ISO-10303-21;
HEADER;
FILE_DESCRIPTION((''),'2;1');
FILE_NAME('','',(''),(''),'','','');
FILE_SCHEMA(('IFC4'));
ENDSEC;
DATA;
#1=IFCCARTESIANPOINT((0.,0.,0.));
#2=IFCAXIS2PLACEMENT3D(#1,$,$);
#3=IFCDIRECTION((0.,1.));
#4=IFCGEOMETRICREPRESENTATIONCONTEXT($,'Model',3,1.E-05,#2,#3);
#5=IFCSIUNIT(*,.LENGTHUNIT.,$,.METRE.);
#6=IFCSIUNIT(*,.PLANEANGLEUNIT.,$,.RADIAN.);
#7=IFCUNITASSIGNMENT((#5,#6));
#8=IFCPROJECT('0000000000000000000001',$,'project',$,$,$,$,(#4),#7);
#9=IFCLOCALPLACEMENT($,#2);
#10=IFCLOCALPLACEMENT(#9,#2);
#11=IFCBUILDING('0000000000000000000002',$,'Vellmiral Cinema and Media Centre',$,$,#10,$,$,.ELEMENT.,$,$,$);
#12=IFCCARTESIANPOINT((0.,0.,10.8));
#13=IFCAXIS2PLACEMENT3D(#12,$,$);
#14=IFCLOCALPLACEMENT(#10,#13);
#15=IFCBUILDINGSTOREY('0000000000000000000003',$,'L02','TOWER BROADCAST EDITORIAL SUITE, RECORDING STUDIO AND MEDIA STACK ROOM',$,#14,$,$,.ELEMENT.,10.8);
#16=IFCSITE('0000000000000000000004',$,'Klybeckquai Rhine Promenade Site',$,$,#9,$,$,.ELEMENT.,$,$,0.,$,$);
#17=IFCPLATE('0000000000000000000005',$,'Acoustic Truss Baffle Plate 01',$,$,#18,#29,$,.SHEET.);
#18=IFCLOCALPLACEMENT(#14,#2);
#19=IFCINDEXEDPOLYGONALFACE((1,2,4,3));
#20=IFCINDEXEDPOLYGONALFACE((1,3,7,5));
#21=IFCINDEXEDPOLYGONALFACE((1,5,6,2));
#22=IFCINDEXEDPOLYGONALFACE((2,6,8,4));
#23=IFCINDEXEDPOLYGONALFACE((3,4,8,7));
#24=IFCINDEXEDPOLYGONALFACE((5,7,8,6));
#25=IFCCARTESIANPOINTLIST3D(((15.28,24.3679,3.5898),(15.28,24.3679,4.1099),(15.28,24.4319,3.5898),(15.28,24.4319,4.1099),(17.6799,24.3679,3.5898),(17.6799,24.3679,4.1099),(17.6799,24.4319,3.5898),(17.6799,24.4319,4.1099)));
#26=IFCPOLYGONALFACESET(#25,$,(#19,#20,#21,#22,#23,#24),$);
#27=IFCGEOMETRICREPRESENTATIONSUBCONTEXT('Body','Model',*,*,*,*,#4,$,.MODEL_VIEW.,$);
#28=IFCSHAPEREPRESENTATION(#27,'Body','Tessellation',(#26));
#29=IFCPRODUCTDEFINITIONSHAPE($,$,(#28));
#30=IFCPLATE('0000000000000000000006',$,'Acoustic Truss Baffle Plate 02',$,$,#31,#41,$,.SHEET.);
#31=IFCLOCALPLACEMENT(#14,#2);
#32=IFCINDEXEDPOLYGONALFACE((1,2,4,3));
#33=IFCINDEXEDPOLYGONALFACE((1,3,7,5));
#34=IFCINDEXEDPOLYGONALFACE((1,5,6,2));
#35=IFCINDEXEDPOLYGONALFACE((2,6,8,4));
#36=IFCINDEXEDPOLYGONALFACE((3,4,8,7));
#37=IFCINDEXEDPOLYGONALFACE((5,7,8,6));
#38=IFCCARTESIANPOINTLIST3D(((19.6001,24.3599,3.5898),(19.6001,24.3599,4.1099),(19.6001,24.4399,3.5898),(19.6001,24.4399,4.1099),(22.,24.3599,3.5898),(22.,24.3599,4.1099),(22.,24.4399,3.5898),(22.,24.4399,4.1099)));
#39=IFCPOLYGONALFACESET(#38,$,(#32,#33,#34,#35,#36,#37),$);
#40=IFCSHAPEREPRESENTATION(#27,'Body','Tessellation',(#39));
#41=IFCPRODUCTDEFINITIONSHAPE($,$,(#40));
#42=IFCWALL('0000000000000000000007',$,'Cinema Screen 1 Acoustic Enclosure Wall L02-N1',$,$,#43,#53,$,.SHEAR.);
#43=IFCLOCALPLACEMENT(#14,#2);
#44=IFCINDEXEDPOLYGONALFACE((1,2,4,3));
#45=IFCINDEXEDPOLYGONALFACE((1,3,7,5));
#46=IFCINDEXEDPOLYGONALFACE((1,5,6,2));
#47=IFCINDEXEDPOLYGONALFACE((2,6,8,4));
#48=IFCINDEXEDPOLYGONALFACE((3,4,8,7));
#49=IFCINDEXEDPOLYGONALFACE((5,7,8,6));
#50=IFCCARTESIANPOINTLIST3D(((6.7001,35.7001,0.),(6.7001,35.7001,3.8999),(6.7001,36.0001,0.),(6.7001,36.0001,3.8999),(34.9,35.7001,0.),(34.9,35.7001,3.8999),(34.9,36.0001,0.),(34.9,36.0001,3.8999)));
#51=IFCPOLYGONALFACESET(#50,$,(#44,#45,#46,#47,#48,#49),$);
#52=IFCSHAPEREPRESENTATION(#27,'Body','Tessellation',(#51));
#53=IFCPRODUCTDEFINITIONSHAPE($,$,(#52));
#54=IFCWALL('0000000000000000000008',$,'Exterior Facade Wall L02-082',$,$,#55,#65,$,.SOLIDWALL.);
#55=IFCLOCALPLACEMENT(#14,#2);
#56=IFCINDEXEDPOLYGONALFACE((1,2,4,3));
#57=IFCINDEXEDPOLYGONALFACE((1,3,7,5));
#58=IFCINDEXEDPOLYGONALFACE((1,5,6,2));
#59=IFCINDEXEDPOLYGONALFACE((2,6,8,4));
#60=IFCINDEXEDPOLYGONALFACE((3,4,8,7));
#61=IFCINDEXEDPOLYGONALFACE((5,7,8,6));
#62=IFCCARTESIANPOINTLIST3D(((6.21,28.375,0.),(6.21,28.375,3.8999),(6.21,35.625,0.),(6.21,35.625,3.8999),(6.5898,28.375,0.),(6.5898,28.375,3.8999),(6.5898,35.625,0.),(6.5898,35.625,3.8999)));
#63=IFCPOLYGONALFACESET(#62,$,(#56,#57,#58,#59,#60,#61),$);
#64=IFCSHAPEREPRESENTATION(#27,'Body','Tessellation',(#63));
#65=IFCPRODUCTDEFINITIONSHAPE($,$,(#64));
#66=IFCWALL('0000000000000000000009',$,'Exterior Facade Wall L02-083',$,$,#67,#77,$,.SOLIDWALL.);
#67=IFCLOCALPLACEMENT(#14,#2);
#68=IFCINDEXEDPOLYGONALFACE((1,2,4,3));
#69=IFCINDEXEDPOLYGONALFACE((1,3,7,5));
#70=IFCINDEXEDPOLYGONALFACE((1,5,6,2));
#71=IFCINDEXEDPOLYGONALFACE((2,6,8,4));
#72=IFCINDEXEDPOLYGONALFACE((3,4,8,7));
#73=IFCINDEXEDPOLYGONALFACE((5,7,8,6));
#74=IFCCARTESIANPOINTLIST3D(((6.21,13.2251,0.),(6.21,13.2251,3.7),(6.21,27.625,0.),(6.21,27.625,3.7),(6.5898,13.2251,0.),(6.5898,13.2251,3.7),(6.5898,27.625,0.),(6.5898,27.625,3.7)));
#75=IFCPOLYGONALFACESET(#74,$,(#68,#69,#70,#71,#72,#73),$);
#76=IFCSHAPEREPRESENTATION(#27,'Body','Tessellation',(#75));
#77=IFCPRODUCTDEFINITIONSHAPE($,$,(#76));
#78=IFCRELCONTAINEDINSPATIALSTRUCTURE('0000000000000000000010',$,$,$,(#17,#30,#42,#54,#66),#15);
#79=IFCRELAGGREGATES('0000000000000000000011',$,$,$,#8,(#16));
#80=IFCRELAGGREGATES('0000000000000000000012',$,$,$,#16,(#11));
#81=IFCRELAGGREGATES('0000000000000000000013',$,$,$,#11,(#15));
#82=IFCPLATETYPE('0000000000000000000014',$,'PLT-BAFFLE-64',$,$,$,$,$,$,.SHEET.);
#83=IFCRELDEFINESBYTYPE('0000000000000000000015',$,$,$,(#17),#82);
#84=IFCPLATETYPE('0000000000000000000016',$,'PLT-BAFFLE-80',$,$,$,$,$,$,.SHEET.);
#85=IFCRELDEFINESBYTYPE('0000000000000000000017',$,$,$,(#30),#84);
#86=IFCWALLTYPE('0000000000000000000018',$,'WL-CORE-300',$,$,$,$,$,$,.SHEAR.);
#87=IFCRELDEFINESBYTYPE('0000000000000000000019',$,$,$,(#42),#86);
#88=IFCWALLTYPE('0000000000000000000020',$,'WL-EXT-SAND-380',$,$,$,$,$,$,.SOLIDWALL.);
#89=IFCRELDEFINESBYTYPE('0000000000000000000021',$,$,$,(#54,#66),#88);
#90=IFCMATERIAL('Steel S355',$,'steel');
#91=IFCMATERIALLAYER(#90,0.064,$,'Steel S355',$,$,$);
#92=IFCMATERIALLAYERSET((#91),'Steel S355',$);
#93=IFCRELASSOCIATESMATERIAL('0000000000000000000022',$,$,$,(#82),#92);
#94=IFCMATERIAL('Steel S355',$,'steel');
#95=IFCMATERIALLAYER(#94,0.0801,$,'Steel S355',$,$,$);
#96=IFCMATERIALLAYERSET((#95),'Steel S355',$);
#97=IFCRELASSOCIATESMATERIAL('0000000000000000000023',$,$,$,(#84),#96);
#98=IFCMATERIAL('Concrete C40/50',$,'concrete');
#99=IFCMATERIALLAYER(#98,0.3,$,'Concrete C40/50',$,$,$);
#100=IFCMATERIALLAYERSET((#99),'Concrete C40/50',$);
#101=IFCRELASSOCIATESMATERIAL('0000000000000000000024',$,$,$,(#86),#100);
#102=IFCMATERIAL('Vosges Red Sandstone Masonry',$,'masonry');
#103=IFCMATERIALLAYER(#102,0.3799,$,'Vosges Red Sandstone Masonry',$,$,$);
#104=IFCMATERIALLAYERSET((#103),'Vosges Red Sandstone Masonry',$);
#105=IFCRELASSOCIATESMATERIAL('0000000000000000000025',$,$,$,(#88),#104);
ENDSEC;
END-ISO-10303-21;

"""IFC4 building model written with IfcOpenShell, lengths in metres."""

from ifc_helpers import new_model, si_unit, direction, frame, frame_2d, origin, origin_2d, place, context, subcontext, project, spatial, rectangle, extrude, material, layer, layer_set, type_object, element, save


model = new_model("IFC4")

# Units and contexts
model_context = context("Model", 3, precision=1e-05, world=origin(), true_north=direction((0.0, 1.0)))
body_context = subcontext(model_context, "Body", "Model", "MODEL_VIEW")
ifc_project = project(units=[si_unit("LENGTHUNIT", "METRE"), si_unit("PLANEANGLEUNIT", "RADIAN")], contexts=[model_context])

# Site, building, storey
site_placement = place(None, origin())
site = spatial("IfcSite", under=ifc_project, at=site_placement, Name="Klybeckquai Rhine Promenade Site", CompositionType="ELEMENT", RefElevation=0.0)
building_placement = place(site_placement, origin())
building = spatial("IfcBuilding", under=site, at=building_placement, Name="Vellmiral Cinema and Media Centre", CompositionType="ELEMENT")
storey_placement = place(building_placement, frame((0.0, 0.0, 10.8)))
storey = spatial("IfcBuildingStorey", under=building, at=storey_placement, Name="L02", Description="TOWER BROADCAST EDITORIAL SUITE, RECORDING STUDIO AND MEDIA STACK ROOM", CompositionType="ELEMENT", Elevation=10.8)

# Plates
ifc_material_1 = material(Name="Steel S355", Category="steel")
ifc_layer_1 = layer(ifc_material_1, 0.064, Name="Steel S355")
ifc_layer_set_1 = layer_set([ifc_layer_1], Name="Steel S355")
plate_type_1 = type_object("IfcPlateType", Name="PLT-BAFFLE-64", PredefinedType="SHEET", material=ifc_layer_set_1)
plate_1_placement = place(storey_placement, frame((16.48, 24.3999, 3.5898), z_axis=(0.0, 0.0, 1.0), x_axis=(1.0, 0.0, 0.0)))
element("IfcPlate", 1, at=plate_1_placement, inside=storey, type_object=plate_type_1, Name="Acoustic Truss Baffle Plate 01", PredefinedType="SHEET", context=body_context, shape_type="SweptSolid", body=[
    extrude(rectangle(XDim=2.3999, YDim=0.064, at=origin_2d()), origin(), (0.0, 0.0, 1.0), 0.52),
])
ifc_material_2 = material(Name="Steel S355", Category="steel")
ifc_layer_2 = layer(ifc_material_2, 0.0801, Name="Steel S355")
ifc_layer_set_2 = layer_set([ifc_layer_2], Name="Steel S355")
plate_type_2 = type_object("IfcPlateType", Name="PLT-BAFFLE-80", PredefinedType="SHEET", material=ifc_layer_set_2)
plate_2_placement = place(storey_placement, frame((20.8, 24.3999, 3.5898), z_axis=(0.0, 0.0, 1.0), x_axis=(1.0, 0.0, 0.0)))
element("IfcPlate", 2, at=plate_2_placement, inside=storey, type_object=plate_type_2, Name="Acoustic Truss Baffle Plate 02", PredefinedType="SHEET", context=body_context, shape_type="SweptSolid", body=[
    extrude(rectangle(XDim=2.3999, YDim=0.0801, at=origin_2d()), origin(), (0.0, 0.0, 1.0), 0.52),
])

# Walls
ifc_material_3 = material(Name="Concrete C40/50", Category="concrete")
ifc_layer_3 = layer(ifc_material_3, 0.3, Name="Concrete C40/50")
ifc_layer_set_3 = layer_set([ifc_layer_3], Name="Concrete C40/50")
wall_type_1 = type_object("IfcWallType", Name="WL-CORE-300", PredefinedType="SHEAR", material=ifc_layer_set_3)
wall_1_placement = place(storey_placement, frame((6.7, 35.8501, 0.0), z_axis=(0.0, 0.0, 1.0), x_axis=(1.0, 0.0, 0.0)))
element("IfcWall", 3, at=wall_1_placement, inside=storey, type_object=wall_type_1, Name="Cinema Screen 1 Acoustic Enclosure Wall L02-N1", PredefinedType="SHEAR", context=body_context, shape_type="SweptSolid", body=[
    extrude(rectangle(XDim=28.2, YDim=0.3, at=frame_2d((14.1001, 0.0))), origin(), (0.0, 0.0, 1.0), 3.8999),
])
ifc_material_4 = material(Name="Vosges Red Sandstone Masonry", Category="masonry")
ifc_layer_4 = layer(ifc_material_4, 0.3799, Name="Vosges Red Sandstone Masonry")
ifc_layer_set_4 = layer_set([ifc_layer_4], Name="Vosges Red Sandstone Masonry")
wall_type_2 = type_object("IfcWallType", Name="WL-EXT-SAND-380", PredefinedType="SOLIDWALL", material=ifc_layer_set_4)
wall_2_placement = place(storey_placement, frame((6.3999, 35.625, 0.0), z_axis=(0.0, 0.0, 1.0), x_axis=(0.0, -1.0, 0.0)))
element("IfcWall", 4, at=wall_2_placement, inside=storey, type_object=wall_type_2, Name="Exterior Facade Wall L02-082", PredefinedType="SOLIDWALL", context=body_context, shape_type="SweptSolid", body=[
    extrude(rectangle(XDim=7.25, YDim=0.3799, at=frame_2d((3.625, 0.0))), origin(), (0.0, 0.0, 1.0), 3.8999),
])
wall_3_placement = place(storey_placement, frame((6.3999, 27.625, 0.0), z_axis=(0.0, 0.0, 1.0), x_axis=(0.0, -1.0, 0.0)))
element("IfcWall", 5, at=wall_3_placement, inside=storey, type_object=wall_type_2, Name="Exterior Facade Wall L02-083", PredefinedType="SOLIDWALL", context=body_context, shape_type="SweptSolid", body=[
    extrude(rectangle(XDim=14.3999, YDim=0.3799, at=frame_2d((7.2, 0.0))), origin(), (0.0, 0.0, 1.0), 3.7),
])

save(model, "model.ifc")
